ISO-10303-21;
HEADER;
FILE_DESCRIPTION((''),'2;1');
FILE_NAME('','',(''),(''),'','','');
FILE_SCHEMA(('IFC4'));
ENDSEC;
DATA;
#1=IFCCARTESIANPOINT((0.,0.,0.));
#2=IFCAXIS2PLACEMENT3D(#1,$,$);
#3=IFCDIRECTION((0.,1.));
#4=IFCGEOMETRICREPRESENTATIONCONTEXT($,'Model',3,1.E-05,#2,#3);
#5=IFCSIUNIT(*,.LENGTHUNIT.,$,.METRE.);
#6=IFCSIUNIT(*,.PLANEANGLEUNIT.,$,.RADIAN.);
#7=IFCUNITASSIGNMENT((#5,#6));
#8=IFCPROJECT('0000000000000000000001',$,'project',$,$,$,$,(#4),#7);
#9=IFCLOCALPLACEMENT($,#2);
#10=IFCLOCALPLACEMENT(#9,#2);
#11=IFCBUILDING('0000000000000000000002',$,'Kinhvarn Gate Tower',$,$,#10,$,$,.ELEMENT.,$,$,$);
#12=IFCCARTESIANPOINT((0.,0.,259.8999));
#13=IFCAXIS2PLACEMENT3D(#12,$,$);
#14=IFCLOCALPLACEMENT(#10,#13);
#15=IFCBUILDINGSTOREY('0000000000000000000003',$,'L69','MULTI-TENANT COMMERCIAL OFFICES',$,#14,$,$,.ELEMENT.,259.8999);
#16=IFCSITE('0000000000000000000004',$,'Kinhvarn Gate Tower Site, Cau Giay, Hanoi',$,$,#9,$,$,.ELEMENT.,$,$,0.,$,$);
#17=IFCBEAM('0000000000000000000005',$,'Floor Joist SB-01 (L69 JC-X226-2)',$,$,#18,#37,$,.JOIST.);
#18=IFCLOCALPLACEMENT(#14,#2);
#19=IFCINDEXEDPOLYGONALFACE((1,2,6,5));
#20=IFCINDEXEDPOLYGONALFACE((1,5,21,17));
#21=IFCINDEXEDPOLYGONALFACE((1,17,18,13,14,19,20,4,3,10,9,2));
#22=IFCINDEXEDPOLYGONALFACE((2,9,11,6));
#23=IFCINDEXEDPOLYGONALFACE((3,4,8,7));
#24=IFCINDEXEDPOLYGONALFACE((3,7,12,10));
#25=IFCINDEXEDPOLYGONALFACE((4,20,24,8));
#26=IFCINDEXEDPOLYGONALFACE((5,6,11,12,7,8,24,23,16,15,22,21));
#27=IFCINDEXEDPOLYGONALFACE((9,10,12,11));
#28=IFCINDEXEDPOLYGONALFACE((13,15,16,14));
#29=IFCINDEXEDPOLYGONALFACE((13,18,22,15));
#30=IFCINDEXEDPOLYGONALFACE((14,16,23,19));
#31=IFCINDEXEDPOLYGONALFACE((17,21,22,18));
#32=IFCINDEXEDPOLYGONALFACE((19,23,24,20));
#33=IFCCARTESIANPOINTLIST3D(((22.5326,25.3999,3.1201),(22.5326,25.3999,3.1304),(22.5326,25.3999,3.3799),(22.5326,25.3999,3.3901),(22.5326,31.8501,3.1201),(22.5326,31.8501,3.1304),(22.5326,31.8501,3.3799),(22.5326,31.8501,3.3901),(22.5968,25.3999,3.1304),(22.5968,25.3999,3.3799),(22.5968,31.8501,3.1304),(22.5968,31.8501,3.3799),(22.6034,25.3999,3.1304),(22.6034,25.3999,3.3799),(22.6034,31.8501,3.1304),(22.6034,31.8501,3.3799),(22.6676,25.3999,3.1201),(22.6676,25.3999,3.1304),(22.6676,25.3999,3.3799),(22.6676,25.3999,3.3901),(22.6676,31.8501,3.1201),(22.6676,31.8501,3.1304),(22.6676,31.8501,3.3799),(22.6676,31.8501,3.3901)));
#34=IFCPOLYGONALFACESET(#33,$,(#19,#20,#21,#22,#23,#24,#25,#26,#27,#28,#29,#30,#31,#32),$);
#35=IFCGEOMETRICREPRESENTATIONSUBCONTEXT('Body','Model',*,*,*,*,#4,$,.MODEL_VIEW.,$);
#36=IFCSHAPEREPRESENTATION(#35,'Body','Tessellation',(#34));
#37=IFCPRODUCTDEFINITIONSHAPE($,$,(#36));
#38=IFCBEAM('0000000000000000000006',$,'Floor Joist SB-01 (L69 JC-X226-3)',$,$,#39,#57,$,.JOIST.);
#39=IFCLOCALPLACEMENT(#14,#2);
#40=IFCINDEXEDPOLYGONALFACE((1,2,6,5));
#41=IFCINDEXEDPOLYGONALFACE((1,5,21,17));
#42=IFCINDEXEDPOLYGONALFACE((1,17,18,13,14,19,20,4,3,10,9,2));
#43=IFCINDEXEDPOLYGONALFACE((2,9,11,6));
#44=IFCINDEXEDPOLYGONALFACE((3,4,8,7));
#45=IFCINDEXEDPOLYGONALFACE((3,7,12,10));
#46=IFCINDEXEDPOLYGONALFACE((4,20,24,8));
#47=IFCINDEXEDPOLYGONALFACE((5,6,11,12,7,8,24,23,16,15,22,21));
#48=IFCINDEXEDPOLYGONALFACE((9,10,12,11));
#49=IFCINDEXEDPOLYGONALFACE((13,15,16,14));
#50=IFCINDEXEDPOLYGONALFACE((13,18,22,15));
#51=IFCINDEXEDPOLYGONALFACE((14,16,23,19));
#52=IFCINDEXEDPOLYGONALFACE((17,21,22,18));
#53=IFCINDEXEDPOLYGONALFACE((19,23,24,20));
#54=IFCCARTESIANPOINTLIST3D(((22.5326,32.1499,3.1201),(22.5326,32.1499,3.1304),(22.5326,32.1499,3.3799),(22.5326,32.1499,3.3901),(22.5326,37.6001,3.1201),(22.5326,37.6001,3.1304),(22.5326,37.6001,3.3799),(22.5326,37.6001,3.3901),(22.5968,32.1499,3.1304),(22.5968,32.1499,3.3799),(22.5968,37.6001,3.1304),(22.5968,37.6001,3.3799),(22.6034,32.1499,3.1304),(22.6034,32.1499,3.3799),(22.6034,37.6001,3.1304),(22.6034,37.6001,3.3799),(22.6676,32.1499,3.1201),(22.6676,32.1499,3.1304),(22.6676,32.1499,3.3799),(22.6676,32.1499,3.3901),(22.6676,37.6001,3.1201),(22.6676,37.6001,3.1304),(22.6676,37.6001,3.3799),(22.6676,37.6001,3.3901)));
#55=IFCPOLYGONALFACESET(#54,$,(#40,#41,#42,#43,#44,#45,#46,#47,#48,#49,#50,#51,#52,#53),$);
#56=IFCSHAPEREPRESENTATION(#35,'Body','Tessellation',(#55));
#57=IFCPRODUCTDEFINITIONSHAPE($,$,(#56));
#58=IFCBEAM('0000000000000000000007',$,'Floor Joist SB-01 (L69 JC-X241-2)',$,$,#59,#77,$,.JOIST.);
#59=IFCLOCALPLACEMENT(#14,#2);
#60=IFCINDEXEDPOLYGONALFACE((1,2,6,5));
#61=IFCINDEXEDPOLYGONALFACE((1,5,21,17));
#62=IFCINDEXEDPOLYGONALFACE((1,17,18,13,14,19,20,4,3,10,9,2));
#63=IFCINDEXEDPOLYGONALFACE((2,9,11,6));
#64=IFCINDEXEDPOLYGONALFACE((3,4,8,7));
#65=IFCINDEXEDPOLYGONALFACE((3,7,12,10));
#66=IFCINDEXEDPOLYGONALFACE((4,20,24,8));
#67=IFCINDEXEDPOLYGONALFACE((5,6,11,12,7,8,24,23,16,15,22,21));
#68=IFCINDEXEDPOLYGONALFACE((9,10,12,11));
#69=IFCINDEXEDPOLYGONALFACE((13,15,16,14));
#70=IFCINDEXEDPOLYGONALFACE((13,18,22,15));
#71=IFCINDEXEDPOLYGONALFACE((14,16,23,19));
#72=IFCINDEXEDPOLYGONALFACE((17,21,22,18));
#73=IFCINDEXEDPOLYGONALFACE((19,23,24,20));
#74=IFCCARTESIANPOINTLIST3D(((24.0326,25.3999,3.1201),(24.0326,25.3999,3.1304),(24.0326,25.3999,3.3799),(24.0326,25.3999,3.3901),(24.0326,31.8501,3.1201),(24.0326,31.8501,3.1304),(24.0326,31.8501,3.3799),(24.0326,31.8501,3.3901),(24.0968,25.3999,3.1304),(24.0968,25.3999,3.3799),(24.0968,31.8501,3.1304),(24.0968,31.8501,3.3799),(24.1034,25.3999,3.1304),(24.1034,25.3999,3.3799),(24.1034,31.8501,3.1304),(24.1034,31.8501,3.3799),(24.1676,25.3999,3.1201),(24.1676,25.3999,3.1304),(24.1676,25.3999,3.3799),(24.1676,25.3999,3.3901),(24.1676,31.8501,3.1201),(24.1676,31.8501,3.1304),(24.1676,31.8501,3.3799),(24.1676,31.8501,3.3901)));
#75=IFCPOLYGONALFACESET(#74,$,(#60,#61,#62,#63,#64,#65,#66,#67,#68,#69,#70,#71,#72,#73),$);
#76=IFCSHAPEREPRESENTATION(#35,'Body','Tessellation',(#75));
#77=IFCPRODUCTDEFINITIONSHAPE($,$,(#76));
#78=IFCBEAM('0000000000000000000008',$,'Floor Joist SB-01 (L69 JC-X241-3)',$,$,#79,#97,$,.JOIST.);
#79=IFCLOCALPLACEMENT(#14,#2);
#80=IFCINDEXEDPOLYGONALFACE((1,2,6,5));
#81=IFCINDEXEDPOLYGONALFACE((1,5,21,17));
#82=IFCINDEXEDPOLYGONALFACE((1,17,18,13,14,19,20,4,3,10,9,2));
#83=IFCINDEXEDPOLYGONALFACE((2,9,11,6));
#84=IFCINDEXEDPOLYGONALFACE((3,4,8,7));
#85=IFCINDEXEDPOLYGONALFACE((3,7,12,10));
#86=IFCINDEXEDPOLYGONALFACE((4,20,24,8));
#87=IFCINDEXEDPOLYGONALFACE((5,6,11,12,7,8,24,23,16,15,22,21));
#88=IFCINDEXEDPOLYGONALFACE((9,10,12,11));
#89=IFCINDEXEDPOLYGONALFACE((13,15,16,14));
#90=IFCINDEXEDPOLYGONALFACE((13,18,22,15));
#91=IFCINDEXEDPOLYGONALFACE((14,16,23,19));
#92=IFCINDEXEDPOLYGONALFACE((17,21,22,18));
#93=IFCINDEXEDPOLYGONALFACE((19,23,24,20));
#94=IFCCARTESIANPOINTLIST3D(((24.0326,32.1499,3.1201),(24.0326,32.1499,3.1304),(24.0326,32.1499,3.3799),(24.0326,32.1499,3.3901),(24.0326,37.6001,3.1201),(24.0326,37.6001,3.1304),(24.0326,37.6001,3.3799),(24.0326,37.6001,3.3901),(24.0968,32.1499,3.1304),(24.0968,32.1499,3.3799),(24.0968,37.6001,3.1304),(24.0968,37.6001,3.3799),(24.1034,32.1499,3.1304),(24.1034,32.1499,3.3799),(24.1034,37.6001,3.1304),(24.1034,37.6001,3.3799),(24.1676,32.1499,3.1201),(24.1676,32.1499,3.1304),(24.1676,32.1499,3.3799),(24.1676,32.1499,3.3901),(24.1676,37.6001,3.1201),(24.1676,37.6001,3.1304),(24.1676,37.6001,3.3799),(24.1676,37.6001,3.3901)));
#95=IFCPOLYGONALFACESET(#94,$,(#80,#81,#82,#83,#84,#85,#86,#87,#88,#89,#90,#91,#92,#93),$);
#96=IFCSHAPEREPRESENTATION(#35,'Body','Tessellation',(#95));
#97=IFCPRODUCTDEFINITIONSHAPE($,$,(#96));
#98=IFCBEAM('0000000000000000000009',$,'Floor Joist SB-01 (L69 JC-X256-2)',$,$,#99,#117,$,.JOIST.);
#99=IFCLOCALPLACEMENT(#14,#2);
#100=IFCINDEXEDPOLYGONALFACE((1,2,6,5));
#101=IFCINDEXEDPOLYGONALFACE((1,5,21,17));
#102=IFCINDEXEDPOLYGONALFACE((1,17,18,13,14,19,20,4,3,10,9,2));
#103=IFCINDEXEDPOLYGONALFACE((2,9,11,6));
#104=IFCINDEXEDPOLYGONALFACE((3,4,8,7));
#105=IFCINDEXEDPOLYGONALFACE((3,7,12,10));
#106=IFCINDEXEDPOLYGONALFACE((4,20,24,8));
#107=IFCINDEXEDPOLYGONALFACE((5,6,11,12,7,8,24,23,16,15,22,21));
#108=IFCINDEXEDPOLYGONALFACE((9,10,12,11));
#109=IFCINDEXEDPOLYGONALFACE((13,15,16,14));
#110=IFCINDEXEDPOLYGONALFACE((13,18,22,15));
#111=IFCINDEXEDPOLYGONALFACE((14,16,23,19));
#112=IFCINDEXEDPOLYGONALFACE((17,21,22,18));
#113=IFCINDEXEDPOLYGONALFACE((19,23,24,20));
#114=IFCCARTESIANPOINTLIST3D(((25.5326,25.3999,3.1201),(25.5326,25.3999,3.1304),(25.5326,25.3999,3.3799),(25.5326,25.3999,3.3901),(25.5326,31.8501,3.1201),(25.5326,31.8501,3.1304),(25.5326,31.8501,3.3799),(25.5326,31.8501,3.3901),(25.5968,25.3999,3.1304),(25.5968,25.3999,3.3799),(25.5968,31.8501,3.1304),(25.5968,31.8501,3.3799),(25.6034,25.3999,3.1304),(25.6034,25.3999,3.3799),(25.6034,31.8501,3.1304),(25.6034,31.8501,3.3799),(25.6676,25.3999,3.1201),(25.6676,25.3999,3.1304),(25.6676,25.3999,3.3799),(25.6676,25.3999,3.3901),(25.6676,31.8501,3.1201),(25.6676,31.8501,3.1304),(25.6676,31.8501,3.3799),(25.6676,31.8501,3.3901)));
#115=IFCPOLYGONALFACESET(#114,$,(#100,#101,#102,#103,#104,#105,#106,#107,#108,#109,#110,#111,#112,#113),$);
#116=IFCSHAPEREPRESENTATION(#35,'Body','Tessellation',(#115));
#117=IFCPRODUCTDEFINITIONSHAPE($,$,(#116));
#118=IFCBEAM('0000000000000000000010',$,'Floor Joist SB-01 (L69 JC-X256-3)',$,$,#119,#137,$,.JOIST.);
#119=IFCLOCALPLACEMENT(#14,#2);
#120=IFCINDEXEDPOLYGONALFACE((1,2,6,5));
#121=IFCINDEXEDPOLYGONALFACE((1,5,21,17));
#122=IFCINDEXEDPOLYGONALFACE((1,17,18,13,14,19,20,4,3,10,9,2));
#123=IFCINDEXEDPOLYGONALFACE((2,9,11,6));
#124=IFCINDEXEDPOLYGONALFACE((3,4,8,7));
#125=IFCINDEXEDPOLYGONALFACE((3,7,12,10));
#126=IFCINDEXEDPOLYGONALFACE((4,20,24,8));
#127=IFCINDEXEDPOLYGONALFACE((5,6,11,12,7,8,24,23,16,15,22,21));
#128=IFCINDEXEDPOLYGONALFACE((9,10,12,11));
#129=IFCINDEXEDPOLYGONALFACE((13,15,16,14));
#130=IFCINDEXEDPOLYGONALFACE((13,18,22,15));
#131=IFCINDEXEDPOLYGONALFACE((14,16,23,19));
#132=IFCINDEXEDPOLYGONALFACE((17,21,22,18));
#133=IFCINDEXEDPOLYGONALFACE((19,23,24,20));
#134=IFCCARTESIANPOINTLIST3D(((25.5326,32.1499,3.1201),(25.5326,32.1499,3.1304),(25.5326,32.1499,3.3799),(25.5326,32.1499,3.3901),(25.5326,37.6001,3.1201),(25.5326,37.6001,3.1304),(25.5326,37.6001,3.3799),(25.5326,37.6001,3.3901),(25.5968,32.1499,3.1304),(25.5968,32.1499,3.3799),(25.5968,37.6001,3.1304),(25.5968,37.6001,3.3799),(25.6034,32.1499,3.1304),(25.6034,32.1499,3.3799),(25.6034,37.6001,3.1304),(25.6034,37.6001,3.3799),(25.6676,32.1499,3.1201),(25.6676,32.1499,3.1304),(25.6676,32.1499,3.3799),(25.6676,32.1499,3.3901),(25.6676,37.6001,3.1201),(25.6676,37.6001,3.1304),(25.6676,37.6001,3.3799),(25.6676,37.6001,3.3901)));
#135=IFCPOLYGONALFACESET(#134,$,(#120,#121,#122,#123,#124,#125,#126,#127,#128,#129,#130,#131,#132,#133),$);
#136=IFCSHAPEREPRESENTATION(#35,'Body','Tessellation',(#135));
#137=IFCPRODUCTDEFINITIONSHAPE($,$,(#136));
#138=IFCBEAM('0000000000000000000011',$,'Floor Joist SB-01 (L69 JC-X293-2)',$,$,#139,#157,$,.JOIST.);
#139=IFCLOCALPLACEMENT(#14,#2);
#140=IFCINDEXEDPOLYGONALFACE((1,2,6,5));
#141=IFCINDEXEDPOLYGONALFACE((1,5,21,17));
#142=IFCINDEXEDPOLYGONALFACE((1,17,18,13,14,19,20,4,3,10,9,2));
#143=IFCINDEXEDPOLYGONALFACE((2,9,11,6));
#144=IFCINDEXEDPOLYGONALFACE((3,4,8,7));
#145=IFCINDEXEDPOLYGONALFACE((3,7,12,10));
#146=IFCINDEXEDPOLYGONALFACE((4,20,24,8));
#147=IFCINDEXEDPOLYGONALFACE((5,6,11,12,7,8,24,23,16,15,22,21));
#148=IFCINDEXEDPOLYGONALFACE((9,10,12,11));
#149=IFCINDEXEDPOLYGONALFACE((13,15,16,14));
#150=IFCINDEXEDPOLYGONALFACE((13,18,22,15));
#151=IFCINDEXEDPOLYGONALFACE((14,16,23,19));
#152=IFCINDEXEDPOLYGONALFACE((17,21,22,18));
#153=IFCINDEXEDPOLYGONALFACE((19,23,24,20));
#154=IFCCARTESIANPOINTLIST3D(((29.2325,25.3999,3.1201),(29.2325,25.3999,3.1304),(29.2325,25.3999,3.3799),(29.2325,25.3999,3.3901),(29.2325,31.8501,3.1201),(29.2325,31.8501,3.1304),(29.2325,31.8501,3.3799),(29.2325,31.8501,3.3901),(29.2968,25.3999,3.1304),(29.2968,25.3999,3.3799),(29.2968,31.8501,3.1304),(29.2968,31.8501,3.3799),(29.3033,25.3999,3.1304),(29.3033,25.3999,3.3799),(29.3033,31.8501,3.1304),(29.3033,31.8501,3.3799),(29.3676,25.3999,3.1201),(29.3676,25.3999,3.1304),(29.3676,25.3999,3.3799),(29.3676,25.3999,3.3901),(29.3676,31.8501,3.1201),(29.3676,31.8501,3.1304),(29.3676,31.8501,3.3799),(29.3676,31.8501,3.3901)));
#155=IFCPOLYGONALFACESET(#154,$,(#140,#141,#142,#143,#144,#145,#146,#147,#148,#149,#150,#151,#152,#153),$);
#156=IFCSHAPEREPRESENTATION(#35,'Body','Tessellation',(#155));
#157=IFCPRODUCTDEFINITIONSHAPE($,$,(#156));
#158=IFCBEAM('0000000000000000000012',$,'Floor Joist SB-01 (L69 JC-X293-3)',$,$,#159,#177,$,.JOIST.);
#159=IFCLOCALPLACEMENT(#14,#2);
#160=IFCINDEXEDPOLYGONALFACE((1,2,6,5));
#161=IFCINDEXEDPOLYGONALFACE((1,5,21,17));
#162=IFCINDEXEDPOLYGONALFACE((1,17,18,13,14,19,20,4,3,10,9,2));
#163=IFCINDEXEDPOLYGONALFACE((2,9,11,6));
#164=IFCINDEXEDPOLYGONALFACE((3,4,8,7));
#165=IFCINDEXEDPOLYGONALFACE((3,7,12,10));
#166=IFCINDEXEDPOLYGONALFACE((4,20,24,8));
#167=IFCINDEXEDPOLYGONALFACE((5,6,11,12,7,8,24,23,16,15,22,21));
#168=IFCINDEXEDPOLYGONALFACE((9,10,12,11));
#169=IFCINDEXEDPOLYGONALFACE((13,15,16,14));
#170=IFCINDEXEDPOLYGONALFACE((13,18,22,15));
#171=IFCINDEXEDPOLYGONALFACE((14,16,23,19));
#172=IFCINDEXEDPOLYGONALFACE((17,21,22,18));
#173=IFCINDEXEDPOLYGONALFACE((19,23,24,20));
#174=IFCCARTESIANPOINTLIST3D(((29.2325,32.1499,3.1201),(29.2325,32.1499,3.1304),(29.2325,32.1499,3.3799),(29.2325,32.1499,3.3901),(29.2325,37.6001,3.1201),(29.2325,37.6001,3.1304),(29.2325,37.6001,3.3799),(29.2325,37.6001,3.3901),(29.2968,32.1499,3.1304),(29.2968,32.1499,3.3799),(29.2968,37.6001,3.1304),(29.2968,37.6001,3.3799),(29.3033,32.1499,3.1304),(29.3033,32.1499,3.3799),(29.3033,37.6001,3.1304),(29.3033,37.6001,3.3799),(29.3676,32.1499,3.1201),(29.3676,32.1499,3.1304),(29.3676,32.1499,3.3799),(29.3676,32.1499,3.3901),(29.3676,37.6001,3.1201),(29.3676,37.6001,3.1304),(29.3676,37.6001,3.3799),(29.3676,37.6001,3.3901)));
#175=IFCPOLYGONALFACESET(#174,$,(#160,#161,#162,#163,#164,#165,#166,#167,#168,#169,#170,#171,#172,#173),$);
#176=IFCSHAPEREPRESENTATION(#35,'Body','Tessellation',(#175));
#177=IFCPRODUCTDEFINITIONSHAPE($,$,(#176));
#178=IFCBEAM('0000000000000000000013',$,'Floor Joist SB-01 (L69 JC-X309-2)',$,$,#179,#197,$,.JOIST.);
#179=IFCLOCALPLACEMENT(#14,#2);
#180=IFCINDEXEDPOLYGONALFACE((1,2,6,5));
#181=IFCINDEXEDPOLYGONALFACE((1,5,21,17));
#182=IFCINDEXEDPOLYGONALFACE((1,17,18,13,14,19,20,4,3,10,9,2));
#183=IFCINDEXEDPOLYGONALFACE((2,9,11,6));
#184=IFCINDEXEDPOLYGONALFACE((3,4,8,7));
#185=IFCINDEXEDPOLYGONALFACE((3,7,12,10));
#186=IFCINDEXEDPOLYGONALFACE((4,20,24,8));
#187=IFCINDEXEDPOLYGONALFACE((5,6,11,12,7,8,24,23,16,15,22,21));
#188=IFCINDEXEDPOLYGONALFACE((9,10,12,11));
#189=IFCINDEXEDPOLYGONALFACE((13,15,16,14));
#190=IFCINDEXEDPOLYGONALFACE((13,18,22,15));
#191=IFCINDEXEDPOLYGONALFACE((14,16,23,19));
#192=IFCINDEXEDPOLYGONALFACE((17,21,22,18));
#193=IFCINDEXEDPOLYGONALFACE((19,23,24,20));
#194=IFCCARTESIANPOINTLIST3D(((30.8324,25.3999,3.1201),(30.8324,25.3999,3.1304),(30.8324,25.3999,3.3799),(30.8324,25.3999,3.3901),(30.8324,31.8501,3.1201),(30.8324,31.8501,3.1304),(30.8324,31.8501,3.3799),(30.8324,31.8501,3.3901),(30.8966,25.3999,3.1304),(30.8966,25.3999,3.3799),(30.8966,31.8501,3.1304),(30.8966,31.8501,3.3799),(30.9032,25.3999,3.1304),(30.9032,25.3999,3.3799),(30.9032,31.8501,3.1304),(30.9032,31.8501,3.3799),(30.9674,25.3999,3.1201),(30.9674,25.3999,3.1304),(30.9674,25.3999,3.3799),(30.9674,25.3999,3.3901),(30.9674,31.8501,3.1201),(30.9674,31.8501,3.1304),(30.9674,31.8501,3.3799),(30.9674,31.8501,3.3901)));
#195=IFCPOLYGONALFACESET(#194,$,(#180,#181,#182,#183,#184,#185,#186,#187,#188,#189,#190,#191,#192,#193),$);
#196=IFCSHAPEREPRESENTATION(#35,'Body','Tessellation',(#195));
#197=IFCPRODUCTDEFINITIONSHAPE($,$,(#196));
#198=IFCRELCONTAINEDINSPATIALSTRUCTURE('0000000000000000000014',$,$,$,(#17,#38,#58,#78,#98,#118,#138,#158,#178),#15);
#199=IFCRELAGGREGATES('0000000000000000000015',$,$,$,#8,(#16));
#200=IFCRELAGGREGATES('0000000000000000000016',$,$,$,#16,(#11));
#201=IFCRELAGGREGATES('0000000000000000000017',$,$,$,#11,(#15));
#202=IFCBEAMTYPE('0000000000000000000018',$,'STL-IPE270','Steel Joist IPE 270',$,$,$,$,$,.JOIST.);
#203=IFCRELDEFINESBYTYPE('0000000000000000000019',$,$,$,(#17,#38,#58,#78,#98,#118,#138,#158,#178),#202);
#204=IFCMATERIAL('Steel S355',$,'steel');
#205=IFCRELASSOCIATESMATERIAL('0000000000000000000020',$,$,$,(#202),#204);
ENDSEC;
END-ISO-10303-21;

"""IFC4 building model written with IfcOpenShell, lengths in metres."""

from ifc_helpers import new_model, si_unit, direction, frame, origin, origin_2d, place, context, subcontext, project, spatial, i_section, extrude, material, material_profile, profile_set, type_object, element, save


model = new_model("IFC4")

# Units and contexts
model_context = context("Model", 3, precision=1e-05, world=origin(), true_north=direction((0.0, 1.0)))
body_context = subcontext(model_context, "Body", "Model", "MODEL_VIEW")
ifc_project = project(units=[si_unit("LENGTHUNIT", "METRE"), si_unit("PLANEANGLEUNIT", "RADIAN")], contexts=[model_context])

# Site, building, storey
site_placement = place(None, origin())
site = spatial("IfcSite", under=ifc_project, at=site_placement, Name="Kinhvarn Gate Tower Site, Cau Giay, Hanoi", CompositionType="ELEMENT", RefElevation=0.0)
building_placement = place(site_placement, origin())
building = spatial("IfcBuilding", under=site, at=building_placement, Name="Kinhvarn Gate Tower", CompositionType="ELEMENT")
storey_placement = place(building_placement, frame((0.0, 0.0, 259.8999)))
storey = spatial("IfcBuildingStorey", under=building, at=storey_placement, Name="L69", Description="MULTI-TENANT COMMERCIAL OFFICES", CompositionType="ELEMENT", Elevation=259.8999)

# Beams
ifc_material_1 = material(Name="Steel S355", Category="steel")
ifc_material_profile = material_profile(ifc_material_1, i_section(OverallWidth=0.135, OverallDepth=0.27, WebThickness=0.0066, FlangeThickness=0.0103, at=origin_2d()), Name="IPE 270")
ifc_profile_set = profile_set([ifc_material_profile], Name="Steel S355")
beam_type = type_object("IfcBeamType", Name="STL-IPE270", Description="Steel Joist IPE 270", PredefinedType="JOIST", material=ifc_profile_set)
beam_1_placement = place(storey_placement, frame((22.6001, 25.3999, 3.2551), z_axis=(0.0, 1.0, 0.0), x_axis=(-1.0, 0.0, 0.0)))
element("IfcBeam", 1, at=beam_1_placement, inside=storey, type_object=beam_type, Name="Floor Joist SB-01 (L69 JC-X226-2)", PredefinedType="JOIST", context=body_context, shape_type="SweptSolid", body=[
    extrude(i_section(OverallWidth=0.135, OverallDepth=0.27, WebThickness=0.0066, FlangeThickness=0.0103, at=origin_2d()), origin(), (0.0, 0.0, 1.0), 6.4502),
])
beam_2_placement = place(storey_placement, frame((22.6001, 32.1499, 3.2551), z_axis=(0.0, 1.0, 0.0), x_axis=(-1.0, 0.0, 0.0)))
element("IfcBeam", 2, at=beam_2_placement, inside=storey, type_object=beam_type, Name="Floor Joist SB-01 (L69 JC-X226-3)", PredefinedType="JOIST", context=body_context, shape_type="SweptSolid", body=[
    extrude(i_section(OverallWidth=0.135, OverallDepth=0.27, WebThickness=0.0066, FlangeThickness=0.0103, at=origin_2d()), origin(), (0.0, 0.0, 1.0), 5.4502),
])
beam_3_placement = place(storey_placement, frame((24.1001, 25.3999, 3.2551), z_axis=(0.0, 1.0, 0.0), x_axis=(-1.0, 0.0, 0.0)))
element("IfcBeam", 3, at=beam_3_placement, inside=storey, type_object=beam_type, Name="Floor Joist SB-01 (L69 JC-X241-2)", PredefinedType="JOIST", context=body_context, shape_type="SweptSolid", body=[
    extrude(i_section(OverallWidth=0.135, OverallDepth=0.27, WebThickness=0.0066, FlangeThickness=0.0103, at=origin_2d()), origin(), (0.0, 0.0, 1.0), 6.4502),
])
beam_4_placement = place(storey_placement, frame((24.1001, 32.1499, 3.2551), z_axis=(0.0, 1.0, 0.0), x_axis=(-1.0, 0.0, 0.0)))
element("IfcBeam", 4, at=beam_4_placement, inside=storey, type_object=beam_type, Name="Floor Joist SB-01 (L69 JC-X241-3)", PredefinedType="JOIST", context=body_context, shape_type="SweptSolid", body=[
    extrude(i_section(OverallWidth=0.135, OverallDepth=0.27, WebThickness=0.0066, FlangeThickness=0.0103, at=origin_2d()), origin(), (0.0, 0.0, 1.0), 5.4502),
])
beam_5_placement = place(storey_placement, frame((25.6001, 25.3999, 3.2551), z_axis=(0.0, 1.0, 0.0), x_axis=(-1.0, 0.0, 0.0)))
element("IfcBeam", 5, at=beam_5_placement, inside=storey, type_object=beam_type, Name="Floor Joist SB-01 (L69 JC-X256-2)", PredefinedType="JOIST", context=body_context, shape_type="SweptSolid", body=[
    extrude(i_section(OverallWidth=0.135, OverallDepth=0.27, WebThickness=0.0066, FlangeThickness=0.0103, at=origin_2d()), origin(), (0.0, 0.0, 1.0), 6.4502),
])
beam_6_placement = place(storey_placement, frame((25.6001, 32.1499, 3.2551), z_axis=(0.0, 1.0, 0.0), x_axis=(-1.0, 0.0, 0.0)))
element("IfcBeam", 6, at=beam_6_placement, inside=storey, type_object=beam_type, Name="Floor Joist SB-01 (L69 JC-X256-3)", PredefinedType="JOIST", context=body_context, shape_type="SweptSolid", body=[
    extrude(i_section(OverallWidth=0.135, OverallDepth=0.27, WebThickness=0.0066, FlangeThickness=0.0103, at=origin_2d()), origin(), (0.0, 0.0, 1.0), 5.4502),
])
beam_7_placement = place(storey_placement, frame((29.3, 25.3999, 3.2551), z_axis=(0.0, 1.0, 0.0), x_axis=(-1.0, 0.0, 0.0)))
element("IfcBeam", 7, at=beam_7_placement, inside=storey, type_object=beam_type, Name="Floor Joist SB-01 (L69 JC-X293-2)", PredefinedType="JOIST", context=body_context, shape_type="SweptSolid", body=[
    extrude(i_section(OverallWidth=0.135, OverallDepth=0.27, WebThickness=0.0066, FlangeThickness=0.0103, at=origin_2d()), origin(), (0.0, 0.0, 1.0), 6.4502),
])
beam_8_placement = place(storey_placement, frame((29.3, 32.1499, 3.2551), z_axis=(0.0, 1.0, 0.0), x_axis=(-1.0, 0.0, 0.0)))
element("IfcBeam", 8, at=beam_8_placement, inside=storey, type_object=beam_type, Name="Floor Joist SB-01 (L69 JC-X293-3)", PredefinedType="JOIST", context=body_context, shape_type="SweptSolid", body=[
    extrude(i_section(OverallWidth=0.135, OverallDepth=0.27, WebThickness=0.0066, FlangeThickness=0.0103, at=origin_2d()), origin(), (0.0, 0.0, 1.0), 5.4502),
])
beam_9_placement = place(storey_placement, frame((30.8999, 25.3999, 3.2551), z_axis=(0.0, 1.0, 0.0), x_axis=(-1.0, 0.0, 0.0)))
element("IfcBeam", 9, at=beam_9_placement, inside=storey, type_object=beam_type, Name="Floor Joist SB-01 (L69 JC-X309-2)", PredefinedType="JOIST", context=body_context, shape_type="SweptSolid", body=[
    extrude(i_section(OverallWidth=0.135, OverallDepth=0.27, WebThickness=0.0066, FlangeThickness=0.0103, at=origin_2d()), origin(), (0.0, 0.0, 1.0), 6.4502),
])

save(model, "model.ifc")
